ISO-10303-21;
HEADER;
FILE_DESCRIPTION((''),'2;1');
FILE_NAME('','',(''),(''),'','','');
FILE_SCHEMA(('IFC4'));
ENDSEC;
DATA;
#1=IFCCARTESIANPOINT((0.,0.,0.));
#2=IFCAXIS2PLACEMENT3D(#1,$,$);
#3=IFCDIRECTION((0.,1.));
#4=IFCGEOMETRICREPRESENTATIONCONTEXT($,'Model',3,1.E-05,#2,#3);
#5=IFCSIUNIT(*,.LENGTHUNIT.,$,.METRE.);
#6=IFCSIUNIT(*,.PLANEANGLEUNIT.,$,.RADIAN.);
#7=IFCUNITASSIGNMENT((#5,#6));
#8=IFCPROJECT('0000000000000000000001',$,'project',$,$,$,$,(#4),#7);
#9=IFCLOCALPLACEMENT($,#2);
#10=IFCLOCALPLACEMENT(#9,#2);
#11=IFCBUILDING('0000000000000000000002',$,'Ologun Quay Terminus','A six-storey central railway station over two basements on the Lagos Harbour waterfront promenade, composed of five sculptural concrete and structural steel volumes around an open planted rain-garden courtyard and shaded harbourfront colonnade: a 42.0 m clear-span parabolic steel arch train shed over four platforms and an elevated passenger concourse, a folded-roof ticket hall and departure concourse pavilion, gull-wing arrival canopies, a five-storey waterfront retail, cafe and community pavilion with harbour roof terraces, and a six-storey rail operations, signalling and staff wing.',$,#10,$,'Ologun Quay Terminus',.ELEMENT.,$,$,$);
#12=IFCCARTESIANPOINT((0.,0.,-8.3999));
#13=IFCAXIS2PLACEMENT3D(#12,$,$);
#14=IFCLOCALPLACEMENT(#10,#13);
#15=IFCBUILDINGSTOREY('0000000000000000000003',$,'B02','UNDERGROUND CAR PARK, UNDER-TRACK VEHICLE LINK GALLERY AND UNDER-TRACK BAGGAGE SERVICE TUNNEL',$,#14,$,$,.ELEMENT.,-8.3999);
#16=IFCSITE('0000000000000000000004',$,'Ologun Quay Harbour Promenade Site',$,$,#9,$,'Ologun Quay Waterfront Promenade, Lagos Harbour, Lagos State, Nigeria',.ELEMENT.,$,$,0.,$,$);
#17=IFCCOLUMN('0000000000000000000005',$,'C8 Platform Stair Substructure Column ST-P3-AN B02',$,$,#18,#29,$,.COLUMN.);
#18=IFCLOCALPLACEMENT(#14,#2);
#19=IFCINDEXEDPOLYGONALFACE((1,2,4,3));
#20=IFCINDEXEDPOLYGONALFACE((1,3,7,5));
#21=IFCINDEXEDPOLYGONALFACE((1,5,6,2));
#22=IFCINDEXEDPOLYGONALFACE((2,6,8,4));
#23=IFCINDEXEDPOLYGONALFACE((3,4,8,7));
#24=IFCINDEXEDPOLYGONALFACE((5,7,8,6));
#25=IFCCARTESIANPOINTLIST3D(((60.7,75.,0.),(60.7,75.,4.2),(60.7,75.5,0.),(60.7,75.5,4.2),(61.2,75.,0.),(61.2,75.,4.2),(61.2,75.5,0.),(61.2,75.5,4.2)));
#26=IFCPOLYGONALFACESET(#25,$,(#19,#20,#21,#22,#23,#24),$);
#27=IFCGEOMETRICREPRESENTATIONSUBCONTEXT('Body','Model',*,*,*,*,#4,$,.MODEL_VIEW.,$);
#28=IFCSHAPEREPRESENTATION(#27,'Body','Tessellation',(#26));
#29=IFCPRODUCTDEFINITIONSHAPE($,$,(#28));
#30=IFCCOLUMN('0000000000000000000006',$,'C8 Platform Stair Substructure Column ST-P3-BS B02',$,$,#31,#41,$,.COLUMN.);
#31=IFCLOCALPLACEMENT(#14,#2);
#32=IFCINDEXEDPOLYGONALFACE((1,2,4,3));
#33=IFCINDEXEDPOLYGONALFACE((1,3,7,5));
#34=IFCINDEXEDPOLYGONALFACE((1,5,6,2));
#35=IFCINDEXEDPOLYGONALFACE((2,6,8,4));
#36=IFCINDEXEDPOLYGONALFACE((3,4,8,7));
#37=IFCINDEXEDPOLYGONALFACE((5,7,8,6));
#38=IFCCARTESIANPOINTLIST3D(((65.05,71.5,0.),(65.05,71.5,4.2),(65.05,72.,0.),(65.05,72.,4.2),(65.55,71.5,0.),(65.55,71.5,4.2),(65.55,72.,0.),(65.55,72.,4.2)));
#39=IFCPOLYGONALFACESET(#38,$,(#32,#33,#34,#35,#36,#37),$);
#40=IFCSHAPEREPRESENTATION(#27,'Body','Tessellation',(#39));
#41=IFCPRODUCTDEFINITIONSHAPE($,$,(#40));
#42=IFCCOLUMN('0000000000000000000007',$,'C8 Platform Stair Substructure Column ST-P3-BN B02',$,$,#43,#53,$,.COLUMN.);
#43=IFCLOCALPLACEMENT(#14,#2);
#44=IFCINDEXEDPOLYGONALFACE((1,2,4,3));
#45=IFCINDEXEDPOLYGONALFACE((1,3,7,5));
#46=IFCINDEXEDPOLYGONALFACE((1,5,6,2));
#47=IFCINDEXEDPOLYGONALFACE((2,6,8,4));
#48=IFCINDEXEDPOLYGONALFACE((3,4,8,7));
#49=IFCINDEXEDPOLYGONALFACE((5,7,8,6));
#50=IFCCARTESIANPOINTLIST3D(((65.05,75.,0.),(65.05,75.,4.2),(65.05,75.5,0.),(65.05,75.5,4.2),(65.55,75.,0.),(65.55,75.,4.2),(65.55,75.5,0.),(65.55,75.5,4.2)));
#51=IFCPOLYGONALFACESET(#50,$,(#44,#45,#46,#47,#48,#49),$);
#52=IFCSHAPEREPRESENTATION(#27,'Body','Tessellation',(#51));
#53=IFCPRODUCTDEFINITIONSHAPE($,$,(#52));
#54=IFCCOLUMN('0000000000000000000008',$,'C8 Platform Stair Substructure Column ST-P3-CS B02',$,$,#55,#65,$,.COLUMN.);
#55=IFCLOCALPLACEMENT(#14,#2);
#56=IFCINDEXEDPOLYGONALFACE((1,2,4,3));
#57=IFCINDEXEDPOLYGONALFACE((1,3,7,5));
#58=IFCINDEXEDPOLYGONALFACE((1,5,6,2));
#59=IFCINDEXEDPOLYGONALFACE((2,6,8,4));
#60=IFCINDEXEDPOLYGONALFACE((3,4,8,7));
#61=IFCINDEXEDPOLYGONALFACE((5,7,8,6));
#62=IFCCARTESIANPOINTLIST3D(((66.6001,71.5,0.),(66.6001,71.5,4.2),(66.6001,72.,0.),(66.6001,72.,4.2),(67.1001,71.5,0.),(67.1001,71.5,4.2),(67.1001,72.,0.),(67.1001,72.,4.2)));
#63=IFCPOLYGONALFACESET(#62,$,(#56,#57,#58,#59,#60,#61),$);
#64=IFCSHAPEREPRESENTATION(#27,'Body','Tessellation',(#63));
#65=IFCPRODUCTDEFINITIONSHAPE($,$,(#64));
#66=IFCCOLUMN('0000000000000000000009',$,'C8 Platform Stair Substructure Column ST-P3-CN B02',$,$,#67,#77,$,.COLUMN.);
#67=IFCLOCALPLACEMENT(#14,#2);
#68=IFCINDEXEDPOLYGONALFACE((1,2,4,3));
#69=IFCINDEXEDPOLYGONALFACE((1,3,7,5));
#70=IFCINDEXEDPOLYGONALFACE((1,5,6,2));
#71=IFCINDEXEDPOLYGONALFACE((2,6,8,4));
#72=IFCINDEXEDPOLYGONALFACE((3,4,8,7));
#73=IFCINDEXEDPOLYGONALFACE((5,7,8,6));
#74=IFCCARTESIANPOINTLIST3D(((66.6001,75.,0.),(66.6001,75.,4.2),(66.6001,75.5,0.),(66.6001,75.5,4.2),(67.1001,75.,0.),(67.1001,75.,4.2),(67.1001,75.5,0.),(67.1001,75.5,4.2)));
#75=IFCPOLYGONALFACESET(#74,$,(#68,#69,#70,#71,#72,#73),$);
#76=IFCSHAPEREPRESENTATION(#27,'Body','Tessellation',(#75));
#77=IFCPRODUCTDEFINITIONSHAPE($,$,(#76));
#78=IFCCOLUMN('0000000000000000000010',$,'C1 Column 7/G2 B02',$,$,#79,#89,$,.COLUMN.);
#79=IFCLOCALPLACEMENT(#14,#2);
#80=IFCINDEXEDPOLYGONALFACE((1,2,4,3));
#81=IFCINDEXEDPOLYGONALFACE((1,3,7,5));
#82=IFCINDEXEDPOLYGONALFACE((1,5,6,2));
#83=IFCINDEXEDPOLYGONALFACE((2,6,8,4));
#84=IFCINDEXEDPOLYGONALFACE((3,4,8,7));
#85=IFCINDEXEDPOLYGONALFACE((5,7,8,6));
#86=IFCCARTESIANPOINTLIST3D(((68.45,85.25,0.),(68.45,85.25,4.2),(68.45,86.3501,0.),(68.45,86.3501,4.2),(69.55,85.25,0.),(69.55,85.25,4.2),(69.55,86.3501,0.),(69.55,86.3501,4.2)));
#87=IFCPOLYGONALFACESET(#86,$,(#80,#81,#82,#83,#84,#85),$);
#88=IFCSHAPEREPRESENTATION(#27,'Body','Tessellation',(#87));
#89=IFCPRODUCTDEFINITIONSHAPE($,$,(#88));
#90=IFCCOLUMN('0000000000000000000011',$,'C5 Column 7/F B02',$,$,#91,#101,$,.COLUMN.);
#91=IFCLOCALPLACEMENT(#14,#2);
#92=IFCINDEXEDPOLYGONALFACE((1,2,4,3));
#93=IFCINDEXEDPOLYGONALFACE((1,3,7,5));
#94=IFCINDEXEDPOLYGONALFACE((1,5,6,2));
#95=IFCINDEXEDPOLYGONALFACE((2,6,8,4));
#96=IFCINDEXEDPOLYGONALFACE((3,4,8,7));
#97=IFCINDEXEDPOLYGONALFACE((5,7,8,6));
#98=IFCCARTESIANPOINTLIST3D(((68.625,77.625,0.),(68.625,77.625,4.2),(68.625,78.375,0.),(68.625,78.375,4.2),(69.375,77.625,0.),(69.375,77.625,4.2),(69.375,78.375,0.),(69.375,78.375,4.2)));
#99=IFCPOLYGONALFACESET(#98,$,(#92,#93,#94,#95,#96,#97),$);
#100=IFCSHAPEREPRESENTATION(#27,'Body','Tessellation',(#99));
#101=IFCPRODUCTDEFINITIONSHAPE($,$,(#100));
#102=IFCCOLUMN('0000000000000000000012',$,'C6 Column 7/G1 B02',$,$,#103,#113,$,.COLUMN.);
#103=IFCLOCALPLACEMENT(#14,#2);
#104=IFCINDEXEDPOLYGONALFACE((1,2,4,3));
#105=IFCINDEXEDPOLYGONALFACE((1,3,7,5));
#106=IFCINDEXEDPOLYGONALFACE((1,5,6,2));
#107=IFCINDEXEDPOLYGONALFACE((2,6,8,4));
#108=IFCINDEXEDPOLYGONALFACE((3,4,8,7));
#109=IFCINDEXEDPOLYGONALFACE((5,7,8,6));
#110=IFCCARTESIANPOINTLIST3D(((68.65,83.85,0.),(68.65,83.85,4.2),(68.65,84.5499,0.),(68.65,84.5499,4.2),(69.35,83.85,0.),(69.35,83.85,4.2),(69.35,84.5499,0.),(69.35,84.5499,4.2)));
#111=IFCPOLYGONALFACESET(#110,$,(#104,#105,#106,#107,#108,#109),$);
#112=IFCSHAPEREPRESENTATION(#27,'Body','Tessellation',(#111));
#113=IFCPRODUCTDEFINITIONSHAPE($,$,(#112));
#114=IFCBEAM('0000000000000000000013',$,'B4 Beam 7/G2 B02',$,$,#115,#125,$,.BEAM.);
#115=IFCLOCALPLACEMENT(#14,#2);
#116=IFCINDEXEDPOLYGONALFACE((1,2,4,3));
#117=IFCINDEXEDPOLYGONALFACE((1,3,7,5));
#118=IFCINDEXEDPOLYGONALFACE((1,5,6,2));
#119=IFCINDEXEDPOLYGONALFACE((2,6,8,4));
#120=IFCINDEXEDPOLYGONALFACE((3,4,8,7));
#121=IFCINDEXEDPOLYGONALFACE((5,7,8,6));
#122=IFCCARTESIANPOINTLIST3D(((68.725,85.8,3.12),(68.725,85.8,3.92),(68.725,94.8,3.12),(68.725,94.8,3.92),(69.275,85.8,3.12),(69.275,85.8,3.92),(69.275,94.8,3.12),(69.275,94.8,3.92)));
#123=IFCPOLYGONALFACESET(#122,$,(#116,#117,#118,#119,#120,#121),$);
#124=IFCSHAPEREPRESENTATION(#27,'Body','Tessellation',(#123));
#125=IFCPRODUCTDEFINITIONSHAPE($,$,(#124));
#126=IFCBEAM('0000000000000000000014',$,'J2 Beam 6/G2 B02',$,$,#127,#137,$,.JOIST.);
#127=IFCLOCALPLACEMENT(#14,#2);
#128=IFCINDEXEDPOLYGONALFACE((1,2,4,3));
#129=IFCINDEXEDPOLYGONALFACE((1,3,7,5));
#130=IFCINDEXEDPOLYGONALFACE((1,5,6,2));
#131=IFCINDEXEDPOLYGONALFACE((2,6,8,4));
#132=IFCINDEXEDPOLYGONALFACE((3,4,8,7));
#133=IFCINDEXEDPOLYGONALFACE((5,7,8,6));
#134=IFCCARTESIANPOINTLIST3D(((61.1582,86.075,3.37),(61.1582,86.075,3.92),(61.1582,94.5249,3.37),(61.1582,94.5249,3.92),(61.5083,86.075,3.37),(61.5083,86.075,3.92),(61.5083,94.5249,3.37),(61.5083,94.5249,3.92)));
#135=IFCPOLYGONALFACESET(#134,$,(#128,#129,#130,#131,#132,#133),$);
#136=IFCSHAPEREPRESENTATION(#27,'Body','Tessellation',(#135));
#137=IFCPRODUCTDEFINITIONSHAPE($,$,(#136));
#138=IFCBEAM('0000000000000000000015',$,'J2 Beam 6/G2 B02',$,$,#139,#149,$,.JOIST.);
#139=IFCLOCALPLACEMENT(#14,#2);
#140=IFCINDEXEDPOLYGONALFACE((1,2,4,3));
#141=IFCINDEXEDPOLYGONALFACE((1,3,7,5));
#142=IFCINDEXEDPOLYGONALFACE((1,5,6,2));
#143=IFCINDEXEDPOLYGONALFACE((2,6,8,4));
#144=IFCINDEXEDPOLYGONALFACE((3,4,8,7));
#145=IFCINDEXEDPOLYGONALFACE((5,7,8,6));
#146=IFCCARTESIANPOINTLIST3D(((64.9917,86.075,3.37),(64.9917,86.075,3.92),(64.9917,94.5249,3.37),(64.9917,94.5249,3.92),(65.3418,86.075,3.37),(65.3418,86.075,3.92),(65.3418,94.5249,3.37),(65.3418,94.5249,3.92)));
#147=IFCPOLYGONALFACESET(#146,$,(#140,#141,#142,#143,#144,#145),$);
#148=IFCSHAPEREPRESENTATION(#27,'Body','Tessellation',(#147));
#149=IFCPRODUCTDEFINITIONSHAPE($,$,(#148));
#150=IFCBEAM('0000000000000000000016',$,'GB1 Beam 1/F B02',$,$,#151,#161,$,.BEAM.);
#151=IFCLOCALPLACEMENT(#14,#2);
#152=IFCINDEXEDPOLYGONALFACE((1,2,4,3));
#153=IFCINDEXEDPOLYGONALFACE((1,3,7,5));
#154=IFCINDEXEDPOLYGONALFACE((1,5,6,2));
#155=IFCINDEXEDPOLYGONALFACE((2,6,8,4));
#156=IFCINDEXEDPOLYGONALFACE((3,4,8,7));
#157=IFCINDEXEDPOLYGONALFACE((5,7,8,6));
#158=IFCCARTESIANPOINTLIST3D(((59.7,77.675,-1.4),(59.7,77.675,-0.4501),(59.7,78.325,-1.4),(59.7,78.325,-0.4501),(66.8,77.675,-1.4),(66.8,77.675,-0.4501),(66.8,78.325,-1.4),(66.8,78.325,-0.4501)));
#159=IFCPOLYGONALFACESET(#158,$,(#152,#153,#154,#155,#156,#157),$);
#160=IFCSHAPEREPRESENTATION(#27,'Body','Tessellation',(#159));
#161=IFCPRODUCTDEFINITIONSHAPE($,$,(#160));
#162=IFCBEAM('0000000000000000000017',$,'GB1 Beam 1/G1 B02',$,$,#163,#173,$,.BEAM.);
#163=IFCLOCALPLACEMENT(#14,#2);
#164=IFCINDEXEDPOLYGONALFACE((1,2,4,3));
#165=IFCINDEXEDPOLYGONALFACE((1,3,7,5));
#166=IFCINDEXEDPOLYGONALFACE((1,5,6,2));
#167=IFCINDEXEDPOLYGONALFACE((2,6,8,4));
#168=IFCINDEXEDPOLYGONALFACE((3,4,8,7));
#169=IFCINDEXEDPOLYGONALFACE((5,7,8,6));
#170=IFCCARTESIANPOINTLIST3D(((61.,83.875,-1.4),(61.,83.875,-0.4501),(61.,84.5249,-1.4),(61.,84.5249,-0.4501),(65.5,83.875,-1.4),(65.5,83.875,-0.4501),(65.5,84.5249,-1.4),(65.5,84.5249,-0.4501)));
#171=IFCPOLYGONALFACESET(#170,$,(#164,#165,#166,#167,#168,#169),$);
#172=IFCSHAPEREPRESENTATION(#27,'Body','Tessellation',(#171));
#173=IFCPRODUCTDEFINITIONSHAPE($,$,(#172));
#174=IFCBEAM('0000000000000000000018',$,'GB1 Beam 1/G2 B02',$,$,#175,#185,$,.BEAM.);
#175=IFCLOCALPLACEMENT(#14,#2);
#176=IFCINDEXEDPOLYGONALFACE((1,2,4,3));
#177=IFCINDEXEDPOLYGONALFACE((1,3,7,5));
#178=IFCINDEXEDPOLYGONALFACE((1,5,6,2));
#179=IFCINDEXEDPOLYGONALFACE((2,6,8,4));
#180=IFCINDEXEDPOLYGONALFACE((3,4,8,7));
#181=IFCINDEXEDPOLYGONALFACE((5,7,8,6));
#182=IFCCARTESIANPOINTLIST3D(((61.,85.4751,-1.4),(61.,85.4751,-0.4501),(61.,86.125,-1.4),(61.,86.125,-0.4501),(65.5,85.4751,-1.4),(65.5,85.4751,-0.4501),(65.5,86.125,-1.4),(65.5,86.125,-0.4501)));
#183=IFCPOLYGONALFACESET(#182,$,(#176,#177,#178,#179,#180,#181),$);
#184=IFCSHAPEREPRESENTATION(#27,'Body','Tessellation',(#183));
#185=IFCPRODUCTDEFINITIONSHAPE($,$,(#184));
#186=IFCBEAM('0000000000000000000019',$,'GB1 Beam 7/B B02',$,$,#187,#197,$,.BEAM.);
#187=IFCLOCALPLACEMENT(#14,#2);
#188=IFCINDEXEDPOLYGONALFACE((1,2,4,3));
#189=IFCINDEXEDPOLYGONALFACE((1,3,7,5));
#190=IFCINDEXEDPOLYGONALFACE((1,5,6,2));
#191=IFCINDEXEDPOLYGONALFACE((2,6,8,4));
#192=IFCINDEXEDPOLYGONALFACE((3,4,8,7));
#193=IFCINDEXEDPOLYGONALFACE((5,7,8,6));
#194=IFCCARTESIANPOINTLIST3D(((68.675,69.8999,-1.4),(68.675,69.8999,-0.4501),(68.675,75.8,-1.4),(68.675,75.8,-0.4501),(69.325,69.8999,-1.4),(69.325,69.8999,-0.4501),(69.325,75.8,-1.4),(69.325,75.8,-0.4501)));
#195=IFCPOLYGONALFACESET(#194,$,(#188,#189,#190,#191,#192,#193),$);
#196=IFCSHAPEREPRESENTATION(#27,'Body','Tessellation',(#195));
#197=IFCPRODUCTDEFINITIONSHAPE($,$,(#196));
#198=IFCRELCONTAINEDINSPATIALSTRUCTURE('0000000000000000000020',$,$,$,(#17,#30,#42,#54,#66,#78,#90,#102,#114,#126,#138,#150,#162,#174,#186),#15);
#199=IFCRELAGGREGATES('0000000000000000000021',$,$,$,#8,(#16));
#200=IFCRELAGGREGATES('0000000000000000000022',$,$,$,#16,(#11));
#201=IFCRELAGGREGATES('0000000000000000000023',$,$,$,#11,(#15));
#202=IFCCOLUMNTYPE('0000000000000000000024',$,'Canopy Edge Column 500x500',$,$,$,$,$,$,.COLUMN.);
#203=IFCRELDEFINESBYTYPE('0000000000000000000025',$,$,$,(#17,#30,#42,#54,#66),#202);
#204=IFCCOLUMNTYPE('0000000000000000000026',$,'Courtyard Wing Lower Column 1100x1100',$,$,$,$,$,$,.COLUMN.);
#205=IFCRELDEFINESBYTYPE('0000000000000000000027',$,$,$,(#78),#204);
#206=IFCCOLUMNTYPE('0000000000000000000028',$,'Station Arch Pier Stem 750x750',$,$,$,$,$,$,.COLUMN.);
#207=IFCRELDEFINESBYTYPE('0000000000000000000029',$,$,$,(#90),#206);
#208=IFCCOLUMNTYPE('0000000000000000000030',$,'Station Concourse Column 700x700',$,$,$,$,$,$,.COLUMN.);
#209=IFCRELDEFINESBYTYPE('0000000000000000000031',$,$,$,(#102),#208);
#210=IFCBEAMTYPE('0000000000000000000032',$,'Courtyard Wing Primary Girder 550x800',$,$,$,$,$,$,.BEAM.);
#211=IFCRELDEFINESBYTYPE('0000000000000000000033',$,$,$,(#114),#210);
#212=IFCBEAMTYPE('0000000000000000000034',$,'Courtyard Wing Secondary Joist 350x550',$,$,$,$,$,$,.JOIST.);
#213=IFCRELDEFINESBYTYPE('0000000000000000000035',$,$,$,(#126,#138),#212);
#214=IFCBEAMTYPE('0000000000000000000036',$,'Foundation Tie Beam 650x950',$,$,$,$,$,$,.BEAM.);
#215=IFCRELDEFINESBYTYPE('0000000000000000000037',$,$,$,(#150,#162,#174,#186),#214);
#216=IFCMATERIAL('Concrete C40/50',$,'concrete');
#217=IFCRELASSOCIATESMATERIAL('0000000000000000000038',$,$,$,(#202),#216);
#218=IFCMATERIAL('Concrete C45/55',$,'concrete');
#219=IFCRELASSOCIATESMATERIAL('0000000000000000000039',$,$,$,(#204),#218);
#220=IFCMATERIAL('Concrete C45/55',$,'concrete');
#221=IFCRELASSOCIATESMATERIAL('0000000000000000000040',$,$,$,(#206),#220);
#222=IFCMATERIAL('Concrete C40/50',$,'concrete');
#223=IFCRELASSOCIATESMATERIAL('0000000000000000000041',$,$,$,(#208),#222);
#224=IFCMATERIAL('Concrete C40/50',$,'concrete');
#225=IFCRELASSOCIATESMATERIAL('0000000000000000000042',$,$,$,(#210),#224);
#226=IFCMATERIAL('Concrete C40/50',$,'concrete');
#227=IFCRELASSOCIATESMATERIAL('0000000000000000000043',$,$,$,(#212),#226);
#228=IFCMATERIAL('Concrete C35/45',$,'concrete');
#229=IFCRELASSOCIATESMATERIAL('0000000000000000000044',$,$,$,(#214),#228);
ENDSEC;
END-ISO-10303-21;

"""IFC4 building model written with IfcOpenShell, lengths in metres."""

from ifc_helpers import new_model, si_unit, direction, frame, origin, origin_2d, place, context, subcontext, project, spatial, rectangle, extrude, material, material_profile, profile_set, type_object, element, save


model = new_model("IFC4")

# Units and contexts
model_context = context("Model", 3, precision=1e-05, world=origin(), true_north=direction((0.0, 1.0)))
body_context = subcontext(model_context, "Body", "Model", "MODEL_VIEW")
ifc_project = project(units=[si_unit("LENGTHUNIT", "METRE"), si_unit("PLANEANGLEUNIT", "RADIAN")], contexts=[model_context])

# Site, building, storey
site_placement = place(None, origin())
site = spatial("IfcSite", under=ifc_project, at=site_placement, Name="Ologun Quay Harbour Promenade Site", LongName="Ologun Quay Waterfront Promenade, Lagos Harbour, Lagos State, Nigeria", CompositionType="ELEMENT", RefElevation=0.0)
building_placement = place(site_placement, origin())
building = spatial("IfcBuilding", under=site, at=building_placement, Name="Ologun Quay Terminus", Description="A six-storey central railway station over two basements on the Lagos Harbour waterfront promenade, composed of five sculptural concrete and structural steel volumes around an open planted rain-garden courtyard and shaded harbourfront colonnade: a 42.0 m clear-span parabolic steel arch train shed over four platforms and an elevated passenger concourse, a folded-roof ticket hall and departure concourse pavilion, gull-wing arrival canopies, a five-storey waterfront retail, cafe and community pavilion with harbour roof terraces, and a six-storey rail operations, signalling and staff wing.", LongName="Ologun Quay Terminus", CompositionType="ELEMENT")
storey_placement = place(building_placement, frame((0.0, 0.0, -8.3999)))
storey = spatial("IfcBuildingStorey", under=building, at=storey_placement, Name="B02", Description="UNDERGROUND CAR PARK, UNDER-TRACK VEHICLE LINK GALLERY AND UNDER-TRACK BAGGAGE SERVICE TUNNEL", CompositionType="ELEMENT", Elevation=-8.3999)

# Columns
ifc_material_1 = material(Name="Concrete C40/50", Category="concrete")
ifc_material_profile_1 = material_profile(ifc_material_1, rectangle(XDim=0.5, YDim=0.5, at=origin_2d()), Name="RC 500x500")
ifc_profile_set_1 = profile_set([ifc_material_profile_1], Name="Concrete C40/50")
column_type_1 = type_object("IfcColumnType", Name="Canopy Edge Column 500x500", PredefinedType="COLUMN", material=ifc_profile_set_1)
for number, where, z_axis, x_axis, name in (
    (1, (60.95, 75.25, 0.0), (0.0, 0.0, 1.0), (1.0, 0.0, 0.0), "C8 Platform Stair Substructure Column ST-P3-AN B02"),
    (2, (65.3, 71.75, 0.0), (0.0, 0.0, 1.0), (1.0, 0.0, 0.0), "C8 Platform Stair Substructure Column ST-P3-BS B02"),
    (3, (65.3, 75.25, 0.0), (0.0, 0.0, 1.0), (1.0, 0.0, 0.0), "C8 Platform Stair Substructure Column ST-P3-BN B02"),
    (4, (66.8501, 71.75, 0.0), (0.0, 0.0, 1.0), (1.0, 0.0, 0.0), "C8 Platform Stair Substructure Column ST-P3-CS B02"),
    (5, (66.8501, 75.25, 0.0), (0.0, 0.0, 1.0), (1.0, 0.0, 0.0), "C8 Platform Stair Substructure Column ST-P3-CN B02"),
):
    element("IfcColumn", number, at=place(storey_placement, frame(where, z_axis=z_axis, x_axis=x_axis)), inside=storey, type_object=column_type_1, Name=name, PredefinedType="COLUMN", context=body_context, shape_type="SweptSolid", body=[
        extrude(rectangle(XDim=0.5, YDim=0.5, at=origin_2d()), origin(), (0.0, 0.0, 1.0), 4.2),
    ])
ifc_material_2 = material(Name="Concrete C45/55", Category="concrete")
ifc_material_profile_2 = material_profile(ifc_material_2, rectangle(XDim=1.1001, YDim=1.1001, at=origin_2d()), Name="RC 1100x1100")
ifc_profile_set_2 = profile_set([ifc_material_profile_2], Name="Concrete C45/55")
column_type_2 = type_object("IfcColumnType", Name="Courtyard Wing Lower Column 1100x1100", PredefinedType="COLUMN", material=ifc_profile_set_2)
column_1_placement = place(storey_placement, frame((69.0, 85.8, 0.0), z_axis=(0.0, 0.0, 1.0), x_axis=(1.0, 0.0, 0.0)))
element("IfcColumn", 6, at=column_1_placement, inside=storey, type_object=column_type_2, Name="C1 Column 7/G2 B02", PredefinedType="COLUMN", context=body_context, shape_type="SweptSolid", body=[
    extrude(rectangle(XDim=1.1001, YDim=1.1001, at=origin_2d()), origin(), (0.0, 0.0, 1.0), 4.2),
])
ifc_material_3 = material(Name="Concrete C45/55", Category="concrete")
ifc_material_profile_3 = material_profile(ifc_material_3, rectangle(XDim=0.75, YDim=0.75, at=origin_2d()), Name="RC 750x750")
ifc_profile_set_3 = profile_set([ifc_material_profile_3], Name="Concrete C45/55")
column_type_3 = type_object("IfcColumnType", Name="Station Arch Pier Stem 750x750", PredefinedType="COLUMN", material=ifc_profile_set_3)
column_2_placement = place(storey_placement, frame((69.0, 78.0, 0.0), z_axis=(0.0, 0.0, 1.0), x_axis=(1.0, 0.0, 0.0)))
element("IfcColumn", 7, at=column_2_placement, inside=storey, type_object=column_type_3, Name="C5 Column 7/F B02", PredefinedType="COLUMN", context=body_context, shape_type="SweptSolid", body=[
    extrude(rectangle(XDim=0.75, YDim=0.75, at=origin_2d()), origin(), (0.0, 0.0, 1.0), 4.2),
])
ifc_material_4 = material(Name="Concrete C40/50", Category="concrete")
ifc_material_profile_4 = material_profile(ifc_material_4, rectangle(XDim=0.7, YDim=0.7, at=origin_2d()), Name="RC 700x700")
ifc_profile_set_4 = profile_set([ifc_material_profile_4], Name="Concrete C40/50")
column_type_4 = type_object("IfcColumnType", Name="Station Concourse Column 700x700", PredefinedType="COLUMN", material=ifc_profile_set_4)
column_3_placement = place(storey_placement, frame((69.0, 84.2, 0.0), z_axis=(0.0, 0.0, 1.0), x_axis=(1.0, 0.0, 0.0)))
element("IfcColumn", 8, at=column_3_placement, inside=storey, type_object=column_type_4, Name="C6 Column 7/G1 B02", PredefinedType="COLUMN", context=body_context, shape_type="SweptSolid", body=[
    extrude(rectangle(XDim=0.7, YDim=0.7, at=origin_2d()), origin(), (0.0, 0.0, 1.0), 4.2),
])

# Beams
ifc_material_5 = material(Name="Concrete C40/50", Category="concrete")
ifc_material_profile_5 = material_profile(ifc_material_5, rectangle(XDim=0.55, YDim=0.8, at=origin_2d()), Name="RC 550x800")
ifc_profile_set_5 = profile_set([ifc_material_profile_5], Name="Concrete C40/50")
beam_type_1 = type_object("IfcBeamType", Name="Courtyard Wing Primary Girder 550x800", PredefinedType="BEAM", material=ifc_profile_set_5)
beam_1_placement = place(storey_placement, frame((69.0, 85.8, 3.52), z_axis=(0.0, 1.0, 0.0), x_axis=(-1.0, 0.0, 0.0)))
element("IfcBeam", 9, at=beam_1_placement, inside=storey, type_object=beam_type_1, Name="B4 Beam 7/G2 B02", PredefinedType="BEAM", context=body_context, shape_type="SweptSolid", body=[
    extrude(rectangle(XDim=0.55, YDim=0.8, at=origin_2d()), origin(), (0.0, 0.0, 1.0), 9.0),
])
ifc_material_6 = material(Name="Concrete C40/50", Category="concrete")
ifc_material_profile_6 = material_profile(ifc_material_6, rectangle(XDim=0.3501, YDim=0.55, at=origin_2d()), Name="RC 350x550")
ifc_profile_set_6 = profile_set([ifc_material_profile_6], Name="Concrete C40/50")
beam_type_2 = type_object("IfcBeamType", Name="Courtyard Wing Secondary Joist 350x550", PredefinedType="JOIST", material=ifc_profile_set_6)
for number, where, z_axis, x_axis, name in (
    (10, (61.3333, 86.075, 3.645), (0.0, 1.0, 0.0), (-1.0, 0.0, 0.0), "J2 Beam 6/G2 B02"),
    (11, (65.1667, 86.075, 3.645), (0.0, 1.0, 0.0), (-1.0, 0.0, 0.0), "J2 Beam 6/G2 B02"),
):
    element("IfcBeam", number, at=place(storey_placement, frame(where, z_axis=z_axis, x_axis=x_axis)), inside=storey, type_object=beam_type_2, Name=name, PredefinedType="JOIST", context=body_context, shape_type="SweptSolid", body=[
        extrude(rectangle(XDim=0.3501, YDim=0.55, at=origin_2d()), origin(), (0.0, 0.0, 1.0), 8.45),
    ])
ifc_material_7 = material(Name="Concrete C35/45", Category="concrete")
ifc_material_profile_7 = material_profile(ifc_material_7, rectangle(XDim=0.6499, YDim=0.95, at=origin_2d()), Name="RC 650x950")
ifc_profile_set_7 = profile_set([ifc_material_profile_7], Name="Concrete C35/45")
beam_type_3 = type_object("IfcBeamType", Name="Foundation Tie Beam 650x950", PredefinedType="BEAM", material=ifc_profile_set_7)
beam_2_placement = place(storey_placement, frame((59.7, 78.0, -0.925), z_axis=(1.0, 0.0, 0.0), x_axis=(0.0, 1.0, 0.0)))
element("IfcBeam", 12, at=beam_2_placement, inside=storey, type_object=beam_type_3, Name="GB1 Beam 1/F B02", PredefinedType="BEAM", context=body_context, shape_type="SweptSolid", body=[
    extrude(rectangle(XDim=0.6499, YDim=0.95, at=origin_2d()), origin(), (0.0, 0.0, 1.0), 7.1001),
])
for number, where, z_axis, x_axis, name in (
    (13, (61.0, 84.2, -0.925), (1.0, 0.0, 0.0), (0.0, 1.0, 0.0), "GB1 Beam 1/G1 B02"),
    (14, (61.0, 85.8, -0.925), (1.0, 0.0, 0.0), (0.0, 1.0, 0.0), "GB1 Beam 1/G2 B02"),
):
    element("IfcBeam", number, at=place(storey_placement, frame(where, z_axis=z_axis, x_axis=x_axis)), inside=storey, type_object=beam_type_3, Name=name, PredefinedType="BEAM", context=body_context, shape_type="SweptSolid", body=[
        extrude(rectangle(XDim=0.6499, YDim=0.95, at=origin_2d()), origin(), (0.0, 0.0, 1.0), 4.5),
    ])
beam_3_placement = place(storey_placement, frame((69.0, 69.8999, -0.925), z_axis=(0.0, 1.0, 0.0), x_axis=(-1.0, 0.0, 0.0)))
element("IfcBeam", 15, at=beam_3_placement, inside=storey, type_object=beam_type_3, Name="GB1 Beam 7/B B02", PredefinedType="BEAM", context=body_context, shape_type="SweptSolid", body=[
    extrude(rectangle(XDim=0.6499, YDim=0.95, at=origin_2d()), origin(), (0.0, 0.0, 1.0), 5.9001),
])

save(model, "model.ifc")
